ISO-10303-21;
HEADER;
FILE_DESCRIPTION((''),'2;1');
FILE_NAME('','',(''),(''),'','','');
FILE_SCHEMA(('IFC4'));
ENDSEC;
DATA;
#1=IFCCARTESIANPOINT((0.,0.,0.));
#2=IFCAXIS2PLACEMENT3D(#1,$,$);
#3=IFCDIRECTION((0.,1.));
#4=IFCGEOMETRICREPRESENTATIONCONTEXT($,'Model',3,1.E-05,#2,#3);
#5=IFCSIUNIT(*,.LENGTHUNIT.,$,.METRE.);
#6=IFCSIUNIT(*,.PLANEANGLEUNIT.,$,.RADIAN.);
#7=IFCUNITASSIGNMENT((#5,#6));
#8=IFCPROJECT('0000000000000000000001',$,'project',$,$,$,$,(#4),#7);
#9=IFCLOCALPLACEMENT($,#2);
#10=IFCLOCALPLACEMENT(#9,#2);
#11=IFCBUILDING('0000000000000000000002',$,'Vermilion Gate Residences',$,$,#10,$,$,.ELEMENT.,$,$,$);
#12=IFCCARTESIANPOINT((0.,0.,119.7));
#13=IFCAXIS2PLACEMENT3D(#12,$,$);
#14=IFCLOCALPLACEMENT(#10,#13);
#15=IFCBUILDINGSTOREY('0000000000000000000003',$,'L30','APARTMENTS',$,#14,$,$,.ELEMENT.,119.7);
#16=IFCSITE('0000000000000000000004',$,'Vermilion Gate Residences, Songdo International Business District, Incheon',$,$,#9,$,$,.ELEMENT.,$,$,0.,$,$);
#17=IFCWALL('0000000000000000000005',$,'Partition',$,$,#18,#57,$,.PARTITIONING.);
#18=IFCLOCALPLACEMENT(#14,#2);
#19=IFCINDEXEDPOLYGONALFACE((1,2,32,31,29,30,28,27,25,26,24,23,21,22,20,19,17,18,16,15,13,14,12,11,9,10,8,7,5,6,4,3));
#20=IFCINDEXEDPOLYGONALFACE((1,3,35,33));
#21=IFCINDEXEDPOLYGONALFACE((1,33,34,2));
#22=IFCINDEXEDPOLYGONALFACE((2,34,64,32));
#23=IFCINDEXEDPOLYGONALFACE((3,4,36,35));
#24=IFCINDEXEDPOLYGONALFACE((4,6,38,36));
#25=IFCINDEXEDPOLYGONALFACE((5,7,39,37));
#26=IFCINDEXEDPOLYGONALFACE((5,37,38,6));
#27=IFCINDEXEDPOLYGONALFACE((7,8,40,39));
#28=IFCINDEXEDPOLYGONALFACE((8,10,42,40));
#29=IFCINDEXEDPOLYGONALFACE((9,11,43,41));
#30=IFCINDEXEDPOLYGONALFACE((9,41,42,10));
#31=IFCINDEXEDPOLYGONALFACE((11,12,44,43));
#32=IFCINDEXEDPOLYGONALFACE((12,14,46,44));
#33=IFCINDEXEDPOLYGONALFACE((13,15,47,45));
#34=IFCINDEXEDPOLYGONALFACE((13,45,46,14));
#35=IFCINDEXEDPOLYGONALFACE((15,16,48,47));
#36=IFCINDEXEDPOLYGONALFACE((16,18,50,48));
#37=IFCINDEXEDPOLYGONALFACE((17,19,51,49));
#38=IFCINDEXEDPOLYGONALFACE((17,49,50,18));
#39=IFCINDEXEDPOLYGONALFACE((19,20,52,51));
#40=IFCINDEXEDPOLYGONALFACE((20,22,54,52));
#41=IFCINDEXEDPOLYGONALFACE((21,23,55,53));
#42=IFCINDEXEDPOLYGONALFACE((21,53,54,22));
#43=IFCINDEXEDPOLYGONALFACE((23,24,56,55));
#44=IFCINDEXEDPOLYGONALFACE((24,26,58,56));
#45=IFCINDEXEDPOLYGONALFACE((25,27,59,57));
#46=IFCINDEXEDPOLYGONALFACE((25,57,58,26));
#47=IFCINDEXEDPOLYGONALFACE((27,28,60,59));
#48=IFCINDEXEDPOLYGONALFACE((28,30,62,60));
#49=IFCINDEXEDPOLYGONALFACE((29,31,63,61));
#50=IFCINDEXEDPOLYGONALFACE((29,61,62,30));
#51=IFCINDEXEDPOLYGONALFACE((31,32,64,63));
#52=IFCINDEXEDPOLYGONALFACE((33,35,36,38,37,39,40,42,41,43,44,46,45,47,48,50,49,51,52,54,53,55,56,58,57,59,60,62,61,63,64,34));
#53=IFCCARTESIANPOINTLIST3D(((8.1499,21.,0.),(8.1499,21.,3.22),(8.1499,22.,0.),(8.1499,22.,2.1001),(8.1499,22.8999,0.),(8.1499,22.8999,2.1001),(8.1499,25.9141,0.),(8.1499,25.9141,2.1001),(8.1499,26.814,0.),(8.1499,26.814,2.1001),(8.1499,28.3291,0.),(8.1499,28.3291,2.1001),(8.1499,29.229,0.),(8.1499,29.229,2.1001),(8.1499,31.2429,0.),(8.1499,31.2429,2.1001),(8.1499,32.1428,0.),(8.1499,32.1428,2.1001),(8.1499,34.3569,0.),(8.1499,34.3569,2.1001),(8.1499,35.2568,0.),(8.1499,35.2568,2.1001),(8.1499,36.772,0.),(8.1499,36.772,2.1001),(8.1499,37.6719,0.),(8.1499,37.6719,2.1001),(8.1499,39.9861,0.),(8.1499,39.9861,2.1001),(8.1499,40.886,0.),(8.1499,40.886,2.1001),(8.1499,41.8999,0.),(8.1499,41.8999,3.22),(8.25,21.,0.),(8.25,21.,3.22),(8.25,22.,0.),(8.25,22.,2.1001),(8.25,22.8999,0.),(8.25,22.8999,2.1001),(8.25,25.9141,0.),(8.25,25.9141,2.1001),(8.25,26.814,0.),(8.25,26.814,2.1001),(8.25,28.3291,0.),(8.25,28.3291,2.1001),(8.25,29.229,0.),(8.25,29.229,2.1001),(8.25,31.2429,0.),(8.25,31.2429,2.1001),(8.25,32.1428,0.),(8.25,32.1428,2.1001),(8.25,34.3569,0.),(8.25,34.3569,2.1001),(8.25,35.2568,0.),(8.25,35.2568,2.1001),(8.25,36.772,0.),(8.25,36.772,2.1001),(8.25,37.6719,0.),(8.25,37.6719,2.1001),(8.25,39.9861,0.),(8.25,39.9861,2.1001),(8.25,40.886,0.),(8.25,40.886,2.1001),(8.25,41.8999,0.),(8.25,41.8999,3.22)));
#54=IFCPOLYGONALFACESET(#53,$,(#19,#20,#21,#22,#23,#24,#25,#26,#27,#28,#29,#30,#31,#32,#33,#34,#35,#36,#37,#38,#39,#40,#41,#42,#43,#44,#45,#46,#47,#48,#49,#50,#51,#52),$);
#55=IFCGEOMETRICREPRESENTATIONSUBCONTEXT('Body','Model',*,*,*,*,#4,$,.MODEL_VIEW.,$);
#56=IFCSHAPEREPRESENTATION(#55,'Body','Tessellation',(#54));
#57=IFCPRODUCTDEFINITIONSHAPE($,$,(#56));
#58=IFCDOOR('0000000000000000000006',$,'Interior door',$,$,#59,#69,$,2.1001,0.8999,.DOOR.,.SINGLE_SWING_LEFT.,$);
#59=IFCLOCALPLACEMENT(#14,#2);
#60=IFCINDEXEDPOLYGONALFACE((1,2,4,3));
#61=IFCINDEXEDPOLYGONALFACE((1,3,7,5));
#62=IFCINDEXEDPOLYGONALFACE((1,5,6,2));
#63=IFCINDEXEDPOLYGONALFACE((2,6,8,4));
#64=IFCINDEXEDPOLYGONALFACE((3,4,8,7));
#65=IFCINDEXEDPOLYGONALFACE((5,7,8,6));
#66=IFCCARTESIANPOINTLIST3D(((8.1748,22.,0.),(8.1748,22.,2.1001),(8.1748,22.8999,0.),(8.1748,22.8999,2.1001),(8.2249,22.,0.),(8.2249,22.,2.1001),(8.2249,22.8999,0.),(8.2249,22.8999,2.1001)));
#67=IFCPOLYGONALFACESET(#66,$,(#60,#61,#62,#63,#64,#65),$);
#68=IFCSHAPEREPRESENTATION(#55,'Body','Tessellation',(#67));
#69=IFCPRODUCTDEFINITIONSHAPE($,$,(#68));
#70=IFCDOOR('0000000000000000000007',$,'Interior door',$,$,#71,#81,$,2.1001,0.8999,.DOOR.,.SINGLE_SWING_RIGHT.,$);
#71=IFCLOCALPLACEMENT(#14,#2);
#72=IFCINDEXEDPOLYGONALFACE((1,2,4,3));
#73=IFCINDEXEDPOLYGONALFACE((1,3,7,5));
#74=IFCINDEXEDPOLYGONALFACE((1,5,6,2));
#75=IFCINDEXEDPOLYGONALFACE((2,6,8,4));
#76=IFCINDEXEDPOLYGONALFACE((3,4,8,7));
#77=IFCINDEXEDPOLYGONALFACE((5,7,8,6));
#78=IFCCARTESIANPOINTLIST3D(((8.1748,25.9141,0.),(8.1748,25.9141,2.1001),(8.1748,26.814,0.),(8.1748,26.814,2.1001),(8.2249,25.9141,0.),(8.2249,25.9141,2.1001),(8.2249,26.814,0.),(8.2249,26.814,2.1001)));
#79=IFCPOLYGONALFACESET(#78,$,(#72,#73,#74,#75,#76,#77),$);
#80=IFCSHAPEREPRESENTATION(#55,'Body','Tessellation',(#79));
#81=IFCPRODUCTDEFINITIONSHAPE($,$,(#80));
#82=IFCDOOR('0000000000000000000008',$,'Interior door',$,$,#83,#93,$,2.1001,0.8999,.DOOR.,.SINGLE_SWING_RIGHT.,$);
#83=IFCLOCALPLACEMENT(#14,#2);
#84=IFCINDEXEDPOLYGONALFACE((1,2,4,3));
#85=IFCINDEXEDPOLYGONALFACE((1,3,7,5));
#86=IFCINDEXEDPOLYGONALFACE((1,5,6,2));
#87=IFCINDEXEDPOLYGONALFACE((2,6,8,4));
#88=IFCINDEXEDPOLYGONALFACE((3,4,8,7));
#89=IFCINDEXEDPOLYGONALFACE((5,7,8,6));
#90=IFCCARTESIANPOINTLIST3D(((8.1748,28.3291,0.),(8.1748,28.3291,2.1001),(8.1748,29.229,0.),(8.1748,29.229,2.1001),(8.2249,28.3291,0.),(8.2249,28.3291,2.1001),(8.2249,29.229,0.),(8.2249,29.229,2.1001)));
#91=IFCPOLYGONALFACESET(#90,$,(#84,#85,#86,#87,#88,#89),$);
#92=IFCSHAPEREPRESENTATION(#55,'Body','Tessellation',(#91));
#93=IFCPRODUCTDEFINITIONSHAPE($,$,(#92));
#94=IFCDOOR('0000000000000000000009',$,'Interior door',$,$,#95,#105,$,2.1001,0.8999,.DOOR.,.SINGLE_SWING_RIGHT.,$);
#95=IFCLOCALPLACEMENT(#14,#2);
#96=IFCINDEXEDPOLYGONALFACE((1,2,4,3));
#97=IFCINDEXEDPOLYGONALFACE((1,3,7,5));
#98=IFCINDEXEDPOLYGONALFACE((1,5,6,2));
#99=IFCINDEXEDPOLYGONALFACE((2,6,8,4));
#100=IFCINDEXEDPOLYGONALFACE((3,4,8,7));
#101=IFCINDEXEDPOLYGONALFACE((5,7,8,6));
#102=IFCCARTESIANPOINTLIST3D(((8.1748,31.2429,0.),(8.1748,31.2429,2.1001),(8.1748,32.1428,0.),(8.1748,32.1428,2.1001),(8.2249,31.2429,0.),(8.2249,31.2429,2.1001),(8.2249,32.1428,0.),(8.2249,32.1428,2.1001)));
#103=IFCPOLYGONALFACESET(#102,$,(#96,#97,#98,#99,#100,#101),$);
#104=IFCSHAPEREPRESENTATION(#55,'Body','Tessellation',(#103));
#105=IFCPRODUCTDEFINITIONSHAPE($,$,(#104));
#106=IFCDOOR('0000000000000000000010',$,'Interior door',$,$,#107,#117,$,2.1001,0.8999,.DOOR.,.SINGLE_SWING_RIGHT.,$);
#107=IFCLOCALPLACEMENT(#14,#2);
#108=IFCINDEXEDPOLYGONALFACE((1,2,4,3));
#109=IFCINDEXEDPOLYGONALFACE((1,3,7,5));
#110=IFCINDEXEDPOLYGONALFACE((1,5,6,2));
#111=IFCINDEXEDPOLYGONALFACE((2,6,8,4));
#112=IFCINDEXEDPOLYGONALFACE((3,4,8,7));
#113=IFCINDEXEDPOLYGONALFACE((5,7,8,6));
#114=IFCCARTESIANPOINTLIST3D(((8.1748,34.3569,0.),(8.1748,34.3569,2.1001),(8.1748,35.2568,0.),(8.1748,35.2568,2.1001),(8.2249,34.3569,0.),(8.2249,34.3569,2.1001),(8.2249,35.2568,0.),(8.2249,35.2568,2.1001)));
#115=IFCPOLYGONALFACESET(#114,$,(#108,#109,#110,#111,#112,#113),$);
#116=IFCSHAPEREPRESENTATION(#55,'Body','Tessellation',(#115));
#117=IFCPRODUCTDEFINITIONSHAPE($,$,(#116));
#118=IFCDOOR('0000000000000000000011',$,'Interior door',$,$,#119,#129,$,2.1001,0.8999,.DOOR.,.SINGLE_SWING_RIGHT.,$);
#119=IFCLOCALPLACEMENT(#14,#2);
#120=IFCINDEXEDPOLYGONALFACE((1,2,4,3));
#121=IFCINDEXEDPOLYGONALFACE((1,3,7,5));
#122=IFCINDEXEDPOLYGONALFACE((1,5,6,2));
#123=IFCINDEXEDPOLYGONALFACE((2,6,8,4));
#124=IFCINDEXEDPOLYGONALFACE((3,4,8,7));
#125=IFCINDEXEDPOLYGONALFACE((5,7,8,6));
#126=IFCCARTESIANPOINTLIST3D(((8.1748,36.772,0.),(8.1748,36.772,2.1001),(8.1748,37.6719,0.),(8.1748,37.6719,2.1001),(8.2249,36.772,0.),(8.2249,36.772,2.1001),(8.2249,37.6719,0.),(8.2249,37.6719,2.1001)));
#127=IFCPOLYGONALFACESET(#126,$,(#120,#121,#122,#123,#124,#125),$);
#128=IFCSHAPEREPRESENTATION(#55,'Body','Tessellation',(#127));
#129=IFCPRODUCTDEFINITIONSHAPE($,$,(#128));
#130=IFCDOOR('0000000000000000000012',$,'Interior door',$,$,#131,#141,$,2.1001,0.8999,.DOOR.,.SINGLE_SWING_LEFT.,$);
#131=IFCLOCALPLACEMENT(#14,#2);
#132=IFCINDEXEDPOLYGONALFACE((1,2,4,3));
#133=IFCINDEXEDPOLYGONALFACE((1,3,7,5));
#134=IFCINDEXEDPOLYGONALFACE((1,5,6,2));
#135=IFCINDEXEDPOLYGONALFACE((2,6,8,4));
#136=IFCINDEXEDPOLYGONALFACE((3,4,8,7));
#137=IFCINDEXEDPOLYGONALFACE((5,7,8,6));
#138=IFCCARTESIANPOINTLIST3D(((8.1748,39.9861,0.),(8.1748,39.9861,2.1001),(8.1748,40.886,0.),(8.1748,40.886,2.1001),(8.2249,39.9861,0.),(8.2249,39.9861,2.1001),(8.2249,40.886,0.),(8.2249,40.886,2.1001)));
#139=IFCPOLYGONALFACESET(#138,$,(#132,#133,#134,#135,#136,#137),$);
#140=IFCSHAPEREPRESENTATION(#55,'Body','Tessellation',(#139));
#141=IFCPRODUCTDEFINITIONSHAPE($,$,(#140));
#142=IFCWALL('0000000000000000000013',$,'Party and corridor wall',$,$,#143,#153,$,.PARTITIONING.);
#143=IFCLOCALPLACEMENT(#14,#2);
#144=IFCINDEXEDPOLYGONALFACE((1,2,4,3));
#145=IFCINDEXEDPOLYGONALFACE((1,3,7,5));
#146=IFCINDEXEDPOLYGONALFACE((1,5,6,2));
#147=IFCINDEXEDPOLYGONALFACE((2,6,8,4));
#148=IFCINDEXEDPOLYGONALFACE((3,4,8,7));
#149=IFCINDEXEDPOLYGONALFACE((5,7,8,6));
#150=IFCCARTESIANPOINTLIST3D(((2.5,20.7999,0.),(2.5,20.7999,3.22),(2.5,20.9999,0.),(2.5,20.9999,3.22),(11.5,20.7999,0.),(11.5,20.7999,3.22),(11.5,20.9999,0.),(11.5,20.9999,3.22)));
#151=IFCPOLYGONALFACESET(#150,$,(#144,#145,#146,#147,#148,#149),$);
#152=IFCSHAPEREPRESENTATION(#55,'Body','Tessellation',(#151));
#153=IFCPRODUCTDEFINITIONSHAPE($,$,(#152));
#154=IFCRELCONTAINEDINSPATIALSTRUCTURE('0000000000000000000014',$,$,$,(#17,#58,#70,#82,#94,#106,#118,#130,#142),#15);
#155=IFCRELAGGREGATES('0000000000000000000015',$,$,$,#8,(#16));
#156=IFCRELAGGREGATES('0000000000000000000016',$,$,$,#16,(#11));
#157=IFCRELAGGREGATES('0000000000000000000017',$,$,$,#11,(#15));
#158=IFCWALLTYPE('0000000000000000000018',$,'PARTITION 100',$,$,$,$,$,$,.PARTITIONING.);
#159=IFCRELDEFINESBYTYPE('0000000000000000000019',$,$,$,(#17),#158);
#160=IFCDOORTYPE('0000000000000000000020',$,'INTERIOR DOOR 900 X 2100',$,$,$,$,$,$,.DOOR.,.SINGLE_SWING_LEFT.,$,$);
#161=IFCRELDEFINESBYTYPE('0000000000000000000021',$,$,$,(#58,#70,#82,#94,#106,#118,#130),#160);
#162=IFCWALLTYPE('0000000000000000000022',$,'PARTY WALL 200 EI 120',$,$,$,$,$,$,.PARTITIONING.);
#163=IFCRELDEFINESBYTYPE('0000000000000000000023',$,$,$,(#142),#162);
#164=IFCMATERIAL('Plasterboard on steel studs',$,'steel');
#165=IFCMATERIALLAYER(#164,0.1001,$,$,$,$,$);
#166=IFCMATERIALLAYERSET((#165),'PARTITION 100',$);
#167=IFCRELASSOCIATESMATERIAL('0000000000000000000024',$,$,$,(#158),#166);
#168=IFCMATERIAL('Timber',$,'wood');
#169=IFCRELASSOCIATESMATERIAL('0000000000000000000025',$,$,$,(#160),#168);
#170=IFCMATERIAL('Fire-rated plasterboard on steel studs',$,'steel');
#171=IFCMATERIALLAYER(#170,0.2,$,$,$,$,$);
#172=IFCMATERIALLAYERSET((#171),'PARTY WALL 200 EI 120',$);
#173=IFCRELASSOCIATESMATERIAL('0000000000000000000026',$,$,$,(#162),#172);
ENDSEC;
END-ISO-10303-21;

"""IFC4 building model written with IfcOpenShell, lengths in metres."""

from ifc_helpers import new_model, si_unit, direction, frame, frame_2d, origin, place, context, subcontext, project, spatial, rectangle, extrude, material, layer, layer_set, type_object, element, fill, save


model = new_model("IFC4")

# Units and contexts
model_context = context("Model", 3, precision=1e-05, world=origin(), true_north=direction((0.0, 1.0)))
body_context = subcontext(model_context, "Body", "Model", "MODEL_VIEW")
ifc_project = project(units=[si_unit("LENGTHUNIT", "METRE"), si_unit("PLANEANGLEUNIT", "RADIAN")], contexts=[model_context])

# Site, building, storey
site_placement = place(None, origin())
site = spatial("IfcSite", under=ifc_project, at=site_placement, Name="Vermilion Gate Residences, Songdo International Business District, Incheon", CompositionType="ELEMENT", RefElevation=0.0)
building_placement = place(site_placement, origin())
building = spatial("IfcBuilding", under=site, at=building_placement, Name="Vermilion Gate Residences", CompositionType="ELEMENT")
storey_placement = place(building_placement, frame((0.0, 0.0, 119.7)))
storey = spatial("IfcBuildingStorey", under=building, at=storey_placement, Name="L30", Description="APARTMENTS", CompositionType="ELEMENT", Elevation=119.7)

# Shared definitions
ifc_material_1 = material(Name="Plasterboard on steel studs", Category="steel")
ifc_layer_1 = layer(ifc_material_1, 0.1001)
ifc_layer_set_1 = layer_set([ifc_layer_1], Name="PARTITION 100")
wall_type_1 = type_object("IfcWallType", Name="PARTITION 100", PredefinedType="PARTITIONING", material=ifc_layer_set_1)

# Wall, openings, doors
ifc_material_2 = material(Name="Timber", Category="wood")
door_type = type_object("IfcDoorType", Name="INTERIOR DOOR 900 X 2100", OperationType="SINGLE_SWING_LEFT", PredefinedType="DOOR", material=ifc_material_2)
wall_1_placement = place(storey_placement, frame((8.2, 21.0, 0.0), z_axis=(0.0, 0.0, 1.0), x_axis=(0.0, 1.0, 0.0)))
wall_1 = element("IfcWall", 1, at=wall_1_placement, inside=storey, type_object=wall_type_1, Name="Partition", PredefinedType="PARTITIONING", context=body_context, shape_type="SweptSolid", body=[
    extrude(rectangle(XDim=20.8999, YDim=0.1001, at=frame_2d((10.45, 0.0))), origin(), (0.0, 0.0, 1.0), 3.22),
])
opening_1_placement = place(wall_1_placement, frame((1.0, 0.0, 0.0)))
opening_1 = element("IfcOpeningElement", 2, at=opening_1_placement, cuts=wall_1, PredefinedType="OPENING", context=body_context, shape_type="SweptSolid", body=[
    extrude(rectangle(XDim=0.8999, YDim=2.1001, at=frame_2d((0.45, 1.05))), frame((0.0, 0.0601, 0.0), z_axis=(0.0, -1.0, 0.0), x_axis=(1.0, 0.0, 0.0)), (0.0, 0.0, 1.0), 0.1201),
])
opening_2_placement = place(wall_1_placement, frame((4.9141, 0.0, 0.0)))
opening_2 = element("IfcOpeningElement", 3, at=opening_2_placement, cuts=wall_1, PredefinedType="OPENING", context=body_context, shape_type="SweptSolid", body=[
    extrude(rectangle(XDim=0.8999, YDim=2.1001, at=frame_2d((0.45, 1.05))), frame((0.0, 0.0601, 0.0), z_axis=(0.0, -1.0, 0.0), x_axis=(1.0, 0.0, 0.0)), (0.0, 0.0, 1.0), 0.1201),
])
opening_3_placement = place(wall_1_placement, frame((7.3291, 0.0, 0.0)))
opening_3 = element("IfcOpeningElement", 4, at=opening_3_placement, cuts=wall_1, PredefinedType="OPENING", context=body_context, shape_type="SweptSolid", body=[
    extrude(rectangle(XDim=0.8999, YDim=2.1001, at=frame_2d((0.45, 1.05))), frame((0.0, 0.0601, 0.0), z_axis=(0.0, -1.0, 0.0), x_axis=(1.0, 0.0, 0.0)), (0.0, 0.0, 1.0), 0.1201),
])
opening_4_placement = place(wall_1_placement, frame((10.2429, 0.0, 0.0)))
opening_4 = element("IfcOpeningElement", 5, at=opening_4_placement, cuts=wall_1, PredefinedType="OPENING", context=body_context, shape_type="SweptSolid", body=[
    extrude(rectangle(XDim=0.8999, YDim=2.1001, at=frame_2d((0.45, 1.05))), frame((0.0, 0.0601, 0.0), z_axis=(0.0, -1.0, 0.0), x_axis=(1.0, 0.0, 0.0)), (0.0, 0.0, 1.0), 0.1201),
])
opening_5_placement = place(wall_1_placement, frame((13.3569, 0.0, 0.0)))
opening_5 = element("IfcOpeningElement", 6, at=opening_5_placement, cuts=wall_1, PredefinedType="OPENING", context=body_context, shape_type="SweptSolid", body=[
    extrude(rectangle(XDim=0.8999, YDim=2.1001, at=frame_2d((0.45, 1.05))), frame((0.0, 0.0601, 0.0), z_axis=(0.0, -1.0, 0.0), x_axis=(1.0, 0.0, 0.0)), (0.0, 0.0, 1.0), 0.1201),
])
opening_6_placement = place(wall_1_placement, frame((15.772, 0.0, 0.0)))
opening_6 = element("IfcOpeningElement", 7, at=opening_6_placement, cuts=wall_1, PredefinedType="OPENING", context=body_context, shape_type="SweptSolid", body=[
    extrude(rectangle(XDim=0.8999, YDim=2.1001, at=frame_2d((0.45, 1.05))), frame((0.0, 0.0601, 0.0), z_axis=(0.0, -1.0, 0.0), x_axis=(1.0, 0.0, 0.0)), (0.0, 0.0, 1.0), 0.1201),
])
opening_7_placement = place(wall_1_placement, frame((18.9861, 0.0, 0.0)))
opening_7 = element("IfcOpeningElement", 8, at=opening_7_placement, cuts=wall_1, PredefinedType="OPENING", context=body_context, shape_type="SweptSolid", body=[
    extrude(rectangle(XDim=0.8999, YDim=2.1001, at=frame_2d((0.45, 1.05))), frame((0.0, 0.0601, 0.0), z_axis=(0.0, -1.0, 0.0), x_axis=(1.0, 0.0, 0.0)), (0.0, 0.0, 1.0), 0.1201),
])
door_1_placement = place(opening_1_placement, frame((0.8999, 0.0, 0.0), z_axis=(0.0, 0.0, 1.0), x_axis=(-1.0, 0.0, 0.0)))
door_1 = element("IfcDoor", 9, at=door_1_placement, inside=storey, type_object=door_type, Name="Interior door", OperationType="SINGLE_SWING_LEFT", OverallHeight=2.1001, OverallWidth=0.8999, PredefinedType="DOOR", context=body_context, shape_type="SweptSolid", body=[
    extrude(rectangle(XDim=0.8999, YDim=2.1001, at=frame_2d((0.45, 1.05))), frame((0.0, 0.0249, 0.0), z_axis=(0.0, -1.0, 0.0), x_axis=(1.0, 0.0, 0.0)), (0.0, 0.0, 1.0), 0.05),
])
fill(opening_1, door_1)
door_2_placement = place(opening_2_placement, frame((0.8999, 0.0, 0.0), z_axis=(0.0, 0.0, 1.0), x_axis=(-1.0, 0.0, 0.0)))
door_2 = element("IfcDoor", 10, at=door_2_placement, inside=storey, type_object=door_type, Name="Interior door", OperationType="SINGLE_SWING_RIGHT", OverallHeight=2.1001, OverallWidth=0.8999, PredefinedType="DOOR", context=body_context, shape_type="SweptSolid", body=[
    extrude(rectangle(XDim=0.8999, YDim=2.1001, at=frame_2d((0.45, 1.05))), frame((0.0, 0.0249, 0.0), z_axis=(0.0, -1.0, 0.0), x_axis=(1.0, 0.0, 0.0)), (0.0, 0.0, 1.0), 0.05),
])
fill(opening_2, door_2)
door_3_placement = place(opening_3_placement, frame((0.8999, 0.0, 0.0), z_axis=(0.0, 0.0, 1.0), x_axis=(-1.0, 0.0, 0.0)))
door_3 = element("IfcDoor", 11, at=door_3_placement, inside=storey, type_object=door_type, Name="Interior door", OperationType="SINGLE_SWING_RIGHT", OverallHeight=2.1001, OverallWidth=0.8999, PredefinedType="DOOR", context=body_context, shape_type="SweptSolid", body=[
    extrude(rectangle(XDim=0.8999, YDim=2.1001, at=frame_2d((0.45, 1.05))), frame((0.0, 0.0249, 0.0), z_axis=(0.0, -1.0, 0.0), x_axis=(1.0, 0.0, 0.0)), (0.0, 0.0, 1.0), 0.05),
])
fill(opening_3, door_3)
door_4_placement = place(opening_4_placement, frame((0.8999, 0.0, 0.0), z_axis=(0.0, 0.0, 1.0), x_axis=(-1.0, 0.0, 0.0)))
door_4 = element("IfcDoor", 12, at=door_4_placement, inside=storey, type_object=door_type, Name="Interior door", OperationType="SINGLE_SWING_RIGHT", OverallHeight=2.1001, OverallWidth=0.8999, PredefinedType="DOOR", context=body_context, shape_type="SweptSolid", body=[
    extrude(rectangle(XDim=0.8999, YDim=2.1001, at=frame_2d((0.45, 1.05))), frame((0.0, 0.0249, 0.0), z_axis=(0.0, -1.0, 0.0), x_axis=(1.0, 0.0, 0.0)), (0.0, 0.0, 1.0), 0.05),
])
fill(opening_4, door_4)
door_5_placement = place(opening_5_placement, frame((0.8999, 0.0, 0.0), z_axis=(0.0, 0.0, 1.0), x_axis=(-1.0, 0.0, 0.0)))
door_5 = element("IfcDoor", 13, at=door_5_placement, inside=storey, type_object=door_type, Name="Interior door", OperationType="SINGLE_SWING_RIGHT", OverallHeight=2.1001, OverallWidth=0.8999, PredefinedType="DOOR", context=body_context, shape_type="SweptSolid", body=[
    extrude(rectangle(XDim=0.8999, YDim=2.1001, at=frame_2d((0.45, 1.05))), frame((0.0, 0.0249, 0.0), z_axis=(0.0, -1.0, 0.0), x_axis=(1.0, 0.0, 0.0)), (0.0, 0.0, 1.0), 0.05),
])
fill(opening_5, door_5)
door_6_placement = place(opening_6_placement, frame((0.8999, 0.0, 0.0), z_axis=(0.0, 0.0, 1.0), x_axis=(-1.0, 0.0, 0.0)))
door_6 = element("IfcDoor", 14, at=door_6_placement, inside=storey, type_object=door_type, Name="Interior door", OperationType="SINGLE_SWING_RIGHT", OverallHeight=2.1001, OverallWidth=0.8999, PredefinedType="DOOR", context=body_context, shape_type="SweptSolid", body=[
    extrude(rectangle(XDim=0.8999, YDim=2.1001, at=frame_2d((0.45, 1.05))), frame((0.0, 0.0249, 0.0), z_axis=(0.0, -1.0, 0.0), x_axis=(1.0, 0.0, 0.0)), (0.0, 0.0, 1.0), 0.05),
])
fill(opening_6, door_6)
door_7_placement = place(opening_7_placement, frame((0.8999, 0.0, 0.0), z_axis=(0.0, 0.0, 1.0), x_axis=(-1.0, 0.0, 0.0)))
door_7 = element("IfcDoor", 15, at=door_7_placement, inside=storey, type_object=door_type, Name="Interior door", OperationType="SINGLE_SWING_LEFT", OverallHeight=2.1001, OverallWidth=0.8999, PredefinedType="DOOR", context=body_context, shape_type="SweptSolid", body=[
    extrude(rectangle(XDim=0.8999, YDim=2.1001, at=frame_2d((0.45, 1.05))), frame((0.0, 0.0249, 0.0), z_axis=(0.0, -1.0, 0.0), x_axis=(1.0, 0.0, 0.0)), (0.0, 0.0, 1.0), 0.05),
])
fill(opening_7, door_7)

# Wall
ifc_material_3 = material(Name="Fire-rated plasterboard on steel studs", Category="steel")
ifc_layer_2 = layer(ifc_material_3, 0.2)
ifc_layer_set_2 = layer_set([ifc_layer_2], Name="PARTY WALL 200 EI 120")
wall_type_2 = type_object("IfcWallType", Name="PARTY WALL 200 EI 120", PredefinedType="PARTITIONING", material=ifc_layer_set_2)
wall_2_placement = place(storey_placement, frame((2.5, 20.8999, 0.0), z_axis=(0.0, 0.0, 1.0), x_axis=(1.0, 0.0, 0.0)))
element("IfcWall", 16, at=wall_2_placement, inside=storey, type_object=wall_type_2, Name="Party and corridor wall", PredefinedType="PARTITIONING", context=body_context, shape_type="SweptSolid", body=[
    extrude(rectangle(XDim=9.0, YDim=0.2, at=frame_2d((4.5, 0.0))), origin(), (0.0, 0.0, 1.0), 3.22),
])

save(model, "model.ifc")
